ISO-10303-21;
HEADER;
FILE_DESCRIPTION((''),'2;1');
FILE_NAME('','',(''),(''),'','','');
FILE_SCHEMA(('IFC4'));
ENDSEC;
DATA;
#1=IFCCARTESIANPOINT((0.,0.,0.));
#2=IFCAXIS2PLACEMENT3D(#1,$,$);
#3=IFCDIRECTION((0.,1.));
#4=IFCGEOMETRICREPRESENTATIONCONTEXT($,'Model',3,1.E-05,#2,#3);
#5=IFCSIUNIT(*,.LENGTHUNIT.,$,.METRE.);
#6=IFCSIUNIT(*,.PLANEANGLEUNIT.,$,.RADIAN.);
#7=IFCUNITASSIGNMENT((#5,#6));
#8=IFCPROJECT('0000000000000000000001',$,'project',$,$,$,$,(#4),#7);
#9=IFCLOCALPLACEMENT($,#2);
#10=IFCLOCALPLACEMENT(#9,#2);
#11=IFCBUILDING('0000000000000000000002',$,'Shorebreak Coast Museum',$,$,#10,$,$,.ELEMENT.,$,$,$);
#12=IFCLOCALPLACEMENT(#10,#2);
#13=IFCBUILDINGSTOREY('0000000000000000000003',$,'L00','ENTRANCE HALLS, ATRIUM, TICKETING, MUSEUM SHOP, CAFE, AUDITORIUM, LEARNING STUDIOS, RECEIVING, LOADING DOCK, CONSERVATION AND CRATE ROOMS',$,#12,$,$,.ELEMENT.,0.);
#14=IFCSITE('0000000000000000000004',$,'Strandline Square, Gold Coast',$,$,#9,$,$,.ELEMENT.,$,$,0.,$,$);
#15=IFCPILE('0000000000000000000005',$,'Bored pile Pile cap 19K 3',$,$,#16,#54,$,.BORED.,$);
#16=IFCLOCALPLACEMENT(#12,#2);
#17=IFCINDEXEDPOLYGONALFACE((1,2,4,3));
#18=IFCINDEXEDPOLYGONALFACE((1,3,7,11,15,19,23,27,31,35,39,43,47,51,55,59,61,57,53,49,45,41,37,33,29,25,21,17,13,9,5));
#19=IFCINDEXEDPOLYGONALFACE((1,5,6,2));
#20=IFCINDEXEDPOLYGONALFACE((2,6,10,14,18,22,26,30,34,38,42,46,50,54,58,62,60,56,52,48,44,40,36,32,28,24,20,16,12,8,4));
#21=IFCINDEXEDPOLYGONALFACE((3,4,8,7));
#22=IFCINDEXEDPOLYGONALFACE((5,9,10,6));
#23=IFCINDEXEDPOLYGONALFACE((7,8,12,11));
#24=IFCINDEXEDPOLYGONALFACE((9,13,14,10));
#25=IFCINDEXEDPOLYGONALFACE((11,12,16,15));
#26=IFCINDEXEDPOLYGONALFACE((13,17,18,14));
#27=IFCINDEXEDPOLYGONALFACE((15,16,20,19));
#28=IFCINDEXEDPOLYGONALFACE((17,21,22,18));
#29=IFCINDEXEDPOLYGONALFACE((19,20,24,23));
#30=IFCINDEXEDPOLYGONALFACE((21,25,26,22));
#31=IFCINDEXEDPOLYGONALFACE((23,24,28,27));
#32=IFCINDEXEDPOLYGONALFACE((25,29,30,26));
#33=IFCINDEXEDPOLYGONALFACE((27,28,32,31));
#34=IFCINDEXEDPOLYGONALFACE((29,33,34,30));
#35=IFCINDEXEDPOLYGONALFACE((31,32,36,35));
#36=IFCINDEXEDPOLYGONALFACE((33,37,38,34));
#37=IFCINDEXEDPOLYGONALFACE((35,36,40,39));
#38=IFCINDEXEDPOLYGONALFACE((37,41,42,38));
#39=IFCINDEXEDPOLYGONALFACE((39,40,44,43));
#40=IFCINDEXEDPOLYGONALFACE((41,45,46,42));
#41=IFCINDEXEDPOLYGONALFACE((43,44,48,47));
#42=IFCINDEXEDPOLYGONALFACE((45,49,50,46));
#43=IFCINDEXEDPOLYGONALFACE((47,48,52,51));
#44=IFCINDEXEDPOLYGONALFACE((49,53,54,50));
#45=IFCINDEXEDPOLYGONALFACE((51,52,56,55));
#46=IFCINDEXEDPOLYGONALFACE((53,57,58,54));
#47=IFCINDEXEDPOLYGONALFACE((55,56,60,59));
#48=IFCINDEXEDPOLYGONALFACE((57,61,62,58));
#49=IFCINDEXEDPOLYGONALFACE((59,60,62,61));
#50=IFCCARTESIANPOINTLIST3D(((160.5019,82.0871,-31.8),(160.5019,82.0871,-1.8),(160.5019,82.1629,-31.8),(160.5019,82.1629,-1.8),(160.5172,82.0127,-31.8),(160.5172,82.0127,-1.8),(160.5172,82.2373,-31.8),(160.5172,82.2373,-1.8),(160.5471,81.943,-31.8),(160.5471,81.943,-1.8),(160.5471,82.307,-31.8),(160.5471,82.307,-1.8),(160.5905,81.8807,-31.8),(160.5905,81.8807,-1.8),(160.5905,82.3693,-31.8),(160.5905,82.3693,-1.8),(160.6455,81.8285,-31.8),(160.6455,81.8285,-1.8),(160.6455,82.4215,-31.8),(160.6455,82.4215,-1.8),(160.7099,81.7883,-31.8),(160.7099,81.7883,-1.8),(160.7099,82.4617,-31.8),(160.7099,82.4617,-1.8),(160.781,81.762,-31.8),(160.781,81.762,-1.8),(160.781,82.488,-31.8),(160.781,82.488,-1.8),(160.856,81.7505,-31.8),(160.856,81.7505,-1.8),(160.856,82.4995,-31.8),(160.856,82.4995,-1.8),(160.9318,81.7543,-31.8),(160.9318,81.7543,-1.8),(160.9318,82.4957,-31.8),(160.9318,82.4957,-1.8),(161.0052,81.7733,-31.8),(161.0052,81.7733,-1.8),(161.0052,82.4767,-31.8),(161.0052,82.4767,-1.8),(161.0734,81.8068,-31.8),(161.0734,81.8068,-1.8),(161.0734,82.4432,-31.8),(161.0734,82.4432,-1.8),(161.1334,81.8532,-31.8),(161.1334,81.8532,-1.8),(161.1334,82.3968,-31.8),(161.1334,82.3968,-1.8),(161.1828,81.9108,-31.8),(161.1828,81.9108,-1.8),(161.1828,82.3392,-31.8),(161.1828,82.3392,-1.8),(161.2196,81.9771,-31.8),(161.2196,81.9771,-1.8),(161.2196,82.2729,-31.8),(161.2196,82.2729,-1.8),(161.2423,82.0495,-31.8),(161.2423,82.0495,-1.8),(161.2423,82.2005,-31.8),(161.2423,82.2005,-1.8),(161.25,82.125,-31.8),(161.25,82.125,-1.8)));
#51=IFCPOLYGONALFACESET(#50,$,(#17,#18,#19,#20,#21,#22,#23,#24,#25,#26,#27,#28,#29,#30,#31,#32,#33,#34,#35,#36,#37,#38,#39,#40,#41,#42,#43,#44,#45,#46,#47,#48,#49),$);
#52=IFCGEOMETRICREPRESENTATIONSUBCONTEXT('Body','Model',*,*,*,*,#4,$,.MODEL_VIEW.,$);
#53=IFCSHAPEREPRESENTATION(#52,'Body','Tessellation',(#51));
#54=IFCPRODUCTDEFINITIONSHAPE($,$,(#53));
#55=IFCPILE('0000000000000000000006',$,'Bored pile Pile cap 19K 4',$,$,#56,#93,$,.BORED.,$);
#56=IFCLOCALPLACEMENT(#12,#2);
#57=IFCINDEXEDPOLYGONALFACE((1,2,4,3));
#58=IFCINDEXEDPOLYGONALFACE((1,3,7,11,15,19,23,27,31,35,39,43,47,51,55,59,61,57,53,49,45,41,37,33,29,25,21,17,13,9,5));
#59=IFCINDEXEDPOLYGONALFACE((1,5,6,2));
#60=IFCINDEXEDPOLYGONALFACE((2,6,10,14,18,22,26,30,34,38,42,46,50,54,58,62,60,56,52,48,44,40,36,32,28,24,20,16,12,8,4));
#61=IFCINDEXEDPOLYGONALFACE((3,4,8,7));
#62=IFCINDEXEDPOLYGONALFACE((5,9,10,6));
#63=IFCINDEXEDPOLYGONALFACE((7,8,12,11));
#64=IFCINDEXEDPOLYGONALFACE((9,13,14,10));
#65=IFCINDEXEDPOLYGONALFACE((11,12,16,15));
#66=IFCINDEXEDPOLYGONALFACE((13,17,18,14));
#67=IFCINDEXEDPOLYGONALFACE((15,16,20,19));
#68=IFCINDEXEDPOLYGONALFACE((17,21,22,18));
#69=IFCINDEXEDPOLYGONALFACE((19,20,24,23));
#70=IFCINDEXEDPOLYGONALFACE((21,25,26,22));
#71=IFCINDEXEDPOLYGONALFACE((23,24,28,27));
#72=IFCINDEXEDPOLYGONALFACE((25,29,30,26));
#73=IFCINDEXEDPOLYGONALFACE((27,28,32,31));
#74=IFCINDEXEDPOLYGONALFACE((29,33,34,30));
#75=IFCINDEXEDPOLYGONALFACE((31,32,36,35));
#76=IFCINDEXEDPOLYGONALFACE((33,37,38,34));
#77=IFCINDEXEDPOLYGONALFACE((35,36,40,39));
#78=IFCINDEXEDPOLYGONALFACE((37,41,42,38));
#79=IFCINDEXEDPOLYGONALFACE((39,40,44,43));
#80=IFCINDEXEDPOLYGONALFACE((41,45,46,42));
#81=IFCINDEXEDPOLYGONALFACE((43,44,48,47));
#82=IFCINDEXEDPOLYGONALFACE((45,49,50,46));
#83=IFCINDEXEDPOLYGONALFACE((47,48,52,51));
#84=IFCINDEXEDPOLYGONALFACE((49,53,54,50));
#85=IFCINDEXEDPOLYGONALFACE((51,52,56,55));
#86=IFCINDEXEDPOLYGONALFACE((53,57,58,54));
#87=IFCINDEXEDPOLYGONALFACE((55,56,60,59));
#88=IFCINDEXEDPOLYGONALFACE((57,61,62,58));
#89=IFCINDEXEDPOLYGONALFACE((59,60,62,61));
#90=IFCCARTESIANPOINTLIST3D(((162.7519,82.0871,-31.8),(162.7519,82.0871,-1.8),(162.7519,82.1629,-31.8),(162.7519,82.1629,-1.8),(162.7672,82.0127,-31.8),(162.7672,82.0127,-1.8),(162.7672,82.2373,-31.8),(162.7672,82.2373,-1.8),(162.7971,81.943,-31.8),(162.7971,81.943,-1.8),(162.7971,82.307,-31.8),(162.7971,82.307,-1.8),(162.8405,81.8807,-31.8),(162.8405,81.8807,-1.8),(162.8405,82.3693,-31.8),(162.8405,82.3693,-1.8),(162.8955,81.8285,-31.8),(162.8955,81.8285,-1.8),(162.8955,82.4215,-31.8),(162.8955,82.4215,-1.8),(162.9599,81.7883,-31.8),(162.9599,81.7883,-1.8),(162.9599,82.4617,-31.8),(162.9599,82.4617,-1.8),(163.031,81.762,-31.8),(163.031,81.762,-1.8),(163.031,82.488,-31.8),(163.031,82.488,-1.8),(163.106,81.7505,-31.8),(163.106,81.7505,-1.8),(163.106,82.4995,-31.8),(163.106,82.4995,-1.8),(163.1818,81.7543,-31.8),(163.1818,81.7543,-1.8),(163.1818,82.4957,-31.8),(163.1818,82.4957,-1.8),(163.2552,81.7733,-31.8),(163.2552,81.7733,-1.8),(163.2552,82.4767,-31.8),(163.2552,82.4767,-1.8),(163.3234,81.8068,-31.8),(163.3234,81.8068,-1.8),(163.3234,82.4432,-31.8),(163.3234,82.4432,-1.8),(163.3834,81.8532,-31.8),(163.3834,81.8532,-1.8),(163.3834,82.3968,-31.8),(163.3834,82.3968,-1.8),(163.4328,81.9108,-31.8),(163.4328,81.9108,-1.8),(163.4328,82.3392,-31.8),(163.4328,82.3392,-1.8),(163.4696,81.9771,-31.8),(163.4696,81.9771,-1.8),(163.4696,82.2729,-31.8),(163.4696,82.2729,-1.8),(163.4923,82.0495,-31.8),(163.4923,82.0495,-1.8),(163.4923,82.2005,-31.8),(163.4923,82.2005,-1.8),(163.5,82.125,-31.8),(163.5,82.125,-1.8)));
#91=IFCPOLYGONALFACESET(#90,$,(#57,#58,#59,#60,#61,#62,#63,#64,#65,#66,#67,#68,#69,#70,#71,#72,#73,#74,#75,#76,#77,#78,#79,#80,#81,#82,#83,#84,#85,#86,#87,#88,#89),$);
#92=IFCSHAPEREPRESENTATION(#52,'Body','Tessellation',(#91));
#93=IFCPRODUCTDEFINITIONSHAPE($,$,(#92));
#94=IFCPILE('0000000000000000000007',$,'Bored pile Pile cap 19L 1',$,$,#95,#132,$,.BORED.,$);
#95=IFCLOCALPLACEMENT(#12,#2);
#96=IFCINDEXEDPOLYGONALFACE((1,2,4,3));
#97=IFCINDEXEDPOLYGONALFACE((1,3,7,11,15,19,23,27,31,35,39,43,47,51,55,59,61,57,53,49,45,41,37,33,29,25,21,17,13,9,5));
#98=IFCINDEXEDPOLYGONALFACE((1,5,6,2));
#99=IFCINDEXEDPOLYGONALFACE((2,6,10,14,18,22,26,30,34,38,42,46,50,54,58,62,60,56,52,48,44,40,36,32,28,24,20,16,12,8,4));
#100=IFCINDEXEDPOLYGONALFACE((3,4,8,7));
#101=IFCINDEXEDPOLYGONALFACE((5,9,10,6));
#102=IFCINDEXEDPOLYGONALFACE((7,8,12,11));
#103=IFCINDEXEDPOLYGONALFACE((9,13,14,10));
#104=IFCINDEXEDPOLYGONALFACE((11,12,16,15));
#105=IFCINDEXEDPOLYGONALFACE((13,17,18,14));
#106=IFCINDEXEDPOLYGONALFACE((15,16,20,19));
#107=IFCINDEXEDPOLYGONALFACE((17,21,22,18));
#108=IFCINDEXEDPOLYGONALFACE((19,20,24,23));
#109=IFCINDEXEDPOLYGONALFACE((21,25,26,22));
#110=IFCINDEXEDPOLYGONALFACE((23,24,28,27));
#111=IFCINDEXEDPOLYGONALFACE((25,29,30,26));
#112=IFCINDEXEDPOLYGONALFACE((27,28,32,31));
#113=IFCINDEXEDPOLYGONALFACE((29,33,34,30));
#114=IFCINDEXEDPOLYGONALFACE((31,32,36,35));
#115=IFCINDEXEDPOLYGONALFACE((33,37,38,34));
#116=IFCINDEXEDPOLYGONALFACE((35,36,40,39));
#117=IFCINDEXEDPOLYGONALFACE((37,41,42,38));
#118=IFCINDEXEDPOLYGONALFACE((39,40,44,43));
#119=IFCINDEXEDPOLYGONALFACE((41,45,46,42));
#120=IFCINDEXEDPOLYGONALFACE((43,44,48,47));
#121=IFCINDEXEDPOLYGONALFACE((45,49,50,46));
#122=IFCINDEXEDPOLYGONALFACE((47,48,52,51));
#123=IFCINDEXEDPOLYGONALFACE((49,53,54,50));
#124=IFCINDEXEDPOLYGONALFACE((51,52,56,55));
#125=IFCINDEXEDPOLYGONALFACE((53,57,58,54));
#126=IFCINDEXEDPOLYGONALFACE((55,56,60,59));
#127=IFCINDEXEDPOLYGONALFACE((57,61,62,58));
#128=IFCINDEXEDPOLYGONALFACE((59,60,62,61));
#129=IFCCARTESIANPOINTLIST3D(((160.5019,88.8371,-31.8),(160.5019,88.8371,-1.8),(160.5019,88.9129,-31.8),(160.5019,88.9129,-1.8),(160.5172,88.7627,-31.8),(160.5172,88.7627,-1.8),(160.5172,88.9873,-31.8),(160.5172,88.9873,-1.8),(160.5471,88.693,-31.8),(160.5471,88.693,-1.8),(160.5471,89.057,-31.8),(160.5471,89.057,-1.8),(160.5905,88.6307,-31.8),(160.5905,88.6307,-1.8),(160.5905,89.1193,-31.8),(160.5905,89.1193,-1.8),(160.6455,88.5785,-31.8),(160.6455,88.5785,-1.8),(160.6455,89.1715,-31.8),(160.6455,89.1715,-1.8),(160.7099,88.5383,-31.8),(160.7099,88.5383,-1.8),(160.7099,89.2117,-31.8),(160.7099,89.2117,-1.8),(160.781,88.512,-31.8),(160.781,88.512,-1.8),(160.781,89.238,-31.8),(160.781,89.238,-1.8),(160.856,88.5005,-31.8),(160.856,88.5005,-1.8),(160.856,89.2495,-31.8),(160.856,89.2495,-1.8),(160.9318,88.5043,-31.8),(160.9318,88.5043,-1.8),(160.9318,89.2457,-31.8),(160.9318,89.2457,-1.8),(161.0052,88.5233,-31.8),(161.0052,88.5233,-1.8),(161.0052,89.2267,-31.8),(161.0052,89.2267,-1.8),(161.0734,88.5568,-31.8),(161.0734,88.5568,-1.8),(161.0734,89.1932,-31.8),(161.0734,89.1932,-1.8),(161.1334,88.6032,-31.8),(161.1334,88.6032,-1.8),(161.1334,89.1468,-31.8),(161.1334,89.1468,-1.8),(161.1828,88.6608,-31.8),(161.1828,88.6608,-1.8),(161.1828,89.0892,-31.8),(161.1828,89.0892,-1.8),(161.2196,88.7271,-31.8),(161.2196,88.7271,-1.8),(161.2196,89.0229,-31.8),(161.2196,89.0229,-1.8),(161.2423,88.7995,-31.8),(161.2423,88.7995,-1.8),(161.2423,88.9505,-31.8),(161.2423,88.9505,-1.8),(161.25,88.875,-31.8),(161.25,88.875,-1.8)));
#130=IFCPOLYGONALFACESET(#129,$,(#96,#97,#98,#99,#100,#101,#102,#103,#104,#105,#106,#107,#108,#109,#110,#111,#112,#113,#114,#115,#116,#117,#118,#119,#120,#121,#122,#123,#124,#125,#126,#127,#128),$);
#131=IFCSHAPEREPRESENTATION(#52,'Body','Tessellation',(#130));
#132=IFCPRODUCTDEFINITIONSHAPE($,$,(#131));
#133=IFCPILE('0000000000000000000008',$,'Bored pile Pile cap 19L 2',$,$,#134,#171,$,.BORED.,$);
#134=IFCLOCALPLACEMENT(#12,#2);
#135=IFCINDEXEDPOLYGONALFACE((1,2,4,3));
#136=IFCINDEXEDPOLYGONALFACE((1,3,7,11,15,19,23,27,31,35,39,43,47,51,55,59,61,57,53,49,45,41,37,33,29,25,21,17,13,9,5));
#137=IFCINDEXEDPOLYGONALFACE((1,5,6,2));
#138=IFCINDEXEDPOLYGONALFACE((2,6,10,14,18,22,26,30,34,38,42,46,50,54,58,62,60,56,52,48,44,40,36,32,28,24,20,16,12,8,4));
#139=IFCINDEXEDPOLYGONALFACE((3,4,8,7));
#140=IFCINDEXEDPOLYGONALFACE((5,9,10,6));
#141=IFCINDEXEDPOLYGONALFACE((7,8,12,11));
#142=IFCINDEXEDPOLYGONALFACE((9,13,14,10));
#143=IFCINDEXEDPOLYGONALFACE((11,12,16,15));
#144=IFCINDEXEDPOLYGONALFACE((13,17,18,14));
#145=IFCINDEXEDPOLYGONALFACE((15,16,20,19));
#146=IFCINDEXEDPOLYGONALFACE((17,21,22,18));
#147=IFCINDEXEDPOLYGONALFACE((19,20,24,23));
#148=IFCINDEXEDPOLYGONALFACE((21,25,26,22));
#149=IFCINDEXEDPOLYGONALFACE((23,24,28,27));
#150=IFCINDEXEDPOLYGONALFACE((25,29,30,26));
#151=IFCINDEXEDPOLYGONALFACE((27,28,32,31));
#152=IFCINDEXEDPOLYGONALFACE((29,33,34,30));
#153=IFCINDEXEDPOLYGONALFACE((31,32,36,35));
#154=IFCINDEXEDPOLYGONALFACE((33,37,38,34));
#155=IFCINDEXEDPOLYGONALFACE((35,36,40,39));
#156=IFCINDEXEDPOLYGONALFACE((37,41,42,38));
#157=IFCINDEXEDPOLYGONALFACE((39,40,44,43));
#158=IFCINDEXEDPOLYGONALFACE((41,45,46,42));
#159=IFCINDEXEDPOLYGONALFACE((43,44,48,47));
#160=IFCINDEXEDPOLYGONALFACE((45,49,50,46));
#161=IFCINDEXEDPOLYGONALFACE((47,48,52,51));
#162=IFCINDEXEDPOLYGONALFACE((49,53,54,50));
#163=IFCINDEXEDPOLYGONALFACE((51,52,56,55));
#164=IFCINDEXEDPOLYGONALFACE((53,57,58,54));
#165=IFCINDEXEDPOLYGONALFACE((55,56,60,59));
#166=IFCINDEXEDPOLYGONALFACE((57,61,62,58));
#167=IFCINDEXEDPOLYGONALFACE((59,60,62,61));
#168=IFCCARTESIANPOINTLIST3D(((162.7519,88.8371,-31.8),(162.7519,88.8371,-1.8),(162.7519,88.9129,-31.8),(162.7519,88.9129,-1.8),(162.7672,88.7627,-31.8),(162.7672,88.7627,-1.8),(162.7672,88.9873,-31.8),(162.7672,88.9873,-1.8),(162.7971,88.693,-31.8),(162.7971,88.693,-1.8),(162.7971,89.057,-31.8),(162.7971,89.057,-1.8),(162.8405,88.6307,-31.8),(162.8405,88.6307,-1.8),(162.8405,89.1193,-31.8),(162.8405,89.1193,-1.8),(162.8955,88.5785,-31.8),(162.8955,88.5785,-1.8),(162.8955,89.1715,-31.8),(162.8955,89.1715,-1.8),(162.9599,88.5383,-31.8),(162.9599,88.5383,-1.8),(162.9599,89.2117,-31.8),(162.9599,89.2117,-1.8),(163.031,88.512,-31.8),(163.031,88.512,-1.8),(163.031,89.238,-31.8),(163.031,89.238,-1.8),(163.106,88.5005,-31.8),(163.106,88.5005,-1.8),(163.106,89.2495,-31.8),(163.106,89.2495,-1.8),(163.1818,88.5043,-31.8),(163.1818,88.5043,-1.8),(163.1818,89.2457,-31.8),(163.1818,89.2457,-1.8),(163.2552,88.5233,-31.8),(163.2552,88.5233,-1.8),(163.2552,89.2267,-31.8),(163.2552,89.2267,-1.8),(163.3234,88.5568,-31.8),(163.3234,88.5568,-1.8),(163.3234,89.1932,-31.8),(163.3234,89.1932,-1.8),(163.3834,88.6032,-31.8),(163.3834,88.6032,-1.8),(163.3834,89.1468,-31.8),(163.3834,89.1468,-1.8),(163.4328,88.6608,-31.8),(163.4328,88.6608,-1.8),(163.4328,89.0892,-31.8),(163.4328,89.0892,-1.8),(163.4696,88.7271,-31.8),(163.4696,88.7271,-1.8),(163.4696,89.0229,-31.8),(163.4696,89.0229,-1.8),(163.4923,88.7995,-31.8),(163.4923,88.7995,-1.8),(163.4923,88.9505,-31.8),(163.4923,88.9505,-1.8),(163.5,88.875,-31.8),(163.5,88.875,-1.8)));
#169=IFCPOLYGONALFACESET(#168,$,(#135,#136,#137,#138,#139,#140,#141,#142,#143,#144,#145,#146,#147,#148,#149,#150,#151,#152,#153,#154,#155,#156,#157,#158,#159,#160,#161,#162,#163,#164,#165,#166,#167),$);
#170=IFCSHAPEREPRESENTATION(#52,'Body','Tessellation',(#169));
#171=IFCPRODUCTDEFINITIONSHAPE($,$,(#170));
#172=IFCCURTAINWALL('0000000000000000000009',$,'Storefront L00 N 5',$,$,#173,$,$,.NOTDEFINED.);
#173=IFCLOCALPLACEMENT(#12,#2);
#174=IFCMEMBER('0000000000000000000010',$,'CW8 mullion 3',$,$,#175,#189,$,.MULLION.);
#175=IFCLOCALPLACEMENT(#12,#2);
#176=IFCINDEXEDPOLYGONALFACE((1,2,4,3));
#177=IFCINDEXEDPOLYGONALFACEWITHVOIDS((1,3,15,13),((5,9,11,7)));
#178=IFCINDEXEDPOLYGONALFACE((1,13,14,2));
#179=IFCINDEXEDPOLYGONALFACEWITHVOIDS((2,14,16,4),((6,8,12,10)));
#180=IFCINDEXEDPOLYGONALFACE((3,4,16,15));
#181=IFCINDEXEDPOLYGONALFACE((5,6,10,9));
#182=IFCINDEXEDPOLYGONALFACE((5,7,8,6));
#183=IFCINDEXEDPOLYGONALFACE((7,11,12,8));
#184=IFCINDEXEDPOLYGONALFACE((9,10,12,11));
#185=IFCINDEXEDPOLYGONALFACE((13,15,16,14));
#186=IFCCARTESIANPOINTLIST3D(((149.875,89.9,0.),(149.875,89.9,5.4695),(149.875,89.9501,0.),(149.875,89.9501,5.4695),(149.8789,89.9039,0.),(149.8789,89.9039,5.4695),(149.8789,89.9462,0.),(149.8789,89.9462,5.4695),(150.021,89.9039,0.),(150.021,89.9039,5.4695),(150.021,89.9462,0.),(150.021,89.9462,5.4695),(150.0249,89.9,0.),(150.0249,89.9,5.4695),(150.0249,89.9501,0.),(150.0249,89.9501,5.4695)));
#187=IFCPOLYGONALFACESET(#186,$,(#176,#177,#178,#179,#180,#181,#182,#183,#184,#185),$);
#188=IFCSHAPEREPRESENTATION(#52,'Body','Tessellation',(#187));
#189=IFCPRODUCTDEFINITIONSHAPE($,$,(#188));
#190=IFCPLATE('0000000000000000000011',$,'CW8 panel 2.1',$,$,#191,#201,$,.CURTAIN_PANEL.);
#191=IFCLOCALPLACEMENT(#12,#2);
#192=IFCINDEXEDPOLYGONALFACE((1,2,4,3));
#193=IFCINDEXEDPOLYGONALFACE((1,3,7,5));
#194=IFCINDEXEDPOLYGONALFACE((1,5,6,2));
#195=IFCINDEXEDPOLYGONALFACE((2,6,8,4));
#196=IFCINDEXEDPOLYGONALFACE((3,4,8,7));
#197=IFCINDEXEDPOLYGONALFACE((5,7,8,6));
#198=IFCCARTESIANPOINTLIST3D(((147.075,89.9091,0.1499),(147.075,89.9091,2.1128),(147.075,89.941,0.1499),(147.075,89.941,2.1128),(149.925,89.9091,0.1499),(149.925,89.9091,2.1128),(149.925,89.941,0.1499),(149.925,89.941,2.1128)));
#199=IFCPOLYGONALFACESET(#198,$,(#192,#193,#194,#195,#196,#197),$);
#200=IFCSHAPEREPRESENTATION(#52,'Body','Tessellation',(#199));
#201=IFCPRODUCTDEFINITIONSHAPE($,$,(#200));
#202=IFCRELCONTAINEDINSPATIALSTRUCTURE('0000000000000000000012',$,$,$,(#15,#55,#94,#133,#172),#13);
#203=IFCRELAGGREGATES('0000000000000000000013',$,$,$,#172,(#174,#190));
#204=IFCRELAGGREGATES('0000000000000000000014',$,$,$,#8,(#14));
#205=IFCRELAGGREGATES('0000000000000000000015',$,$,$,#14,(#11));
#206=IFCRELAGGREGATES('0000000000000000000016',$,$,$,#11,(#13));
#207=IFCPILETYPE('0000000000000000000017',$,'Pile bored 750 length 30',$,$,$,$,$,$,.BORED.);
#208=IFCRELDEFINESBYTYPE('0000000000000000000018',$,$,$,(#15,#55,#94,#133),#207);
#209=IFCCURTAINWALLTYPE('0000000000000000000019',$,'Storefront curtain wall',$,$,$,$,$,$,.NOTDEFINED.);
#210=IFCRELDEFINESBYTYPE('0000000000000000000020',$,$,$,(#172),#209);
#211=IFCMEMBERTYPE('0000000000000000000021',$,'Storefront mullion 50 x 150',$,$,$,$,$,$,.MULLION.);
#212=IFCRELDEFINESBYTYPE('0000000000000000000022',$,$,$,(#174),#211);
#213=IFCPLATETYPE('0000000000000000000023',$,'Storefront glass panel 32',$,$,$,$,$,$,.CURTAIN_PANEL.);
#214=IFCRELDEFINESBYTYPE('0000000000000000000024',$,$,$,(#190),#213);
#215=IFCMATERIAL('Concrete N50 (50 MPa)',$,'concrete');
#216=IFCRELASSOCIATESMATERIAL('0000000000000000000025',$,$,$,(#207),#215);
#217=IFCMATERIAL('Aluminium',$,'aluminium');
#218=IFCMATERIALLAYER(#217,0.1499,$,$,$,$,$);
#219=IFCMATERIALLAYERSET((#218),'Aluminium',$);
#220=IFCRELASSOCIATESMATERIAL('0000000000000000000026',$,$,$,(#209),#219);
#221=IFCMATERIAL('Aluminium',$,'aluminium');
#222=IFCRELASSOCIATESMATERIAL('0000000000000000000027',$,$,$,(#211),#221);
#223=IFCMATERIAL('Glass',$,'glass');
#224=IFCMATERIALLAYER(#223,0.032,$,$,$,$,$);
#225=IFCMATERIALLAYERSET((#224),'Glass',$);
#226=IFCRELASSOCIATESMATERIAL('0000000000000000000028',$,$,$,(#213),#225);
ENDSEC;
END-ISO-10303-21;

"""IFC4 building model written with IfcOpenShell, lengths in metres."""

from ifc_helpers import new_model, si_unit, direction, frame, origin, origin_2d, place, context, subcontext, project, spatial, rectangle, hollow_rectangle, circle, extrude, material, layer, layer_set, material_profile, profile_set, type_object, element, aggregate, save


model = new_model("IFC4")

# Units and contexts
model_context = context("Model", 3, precision=1e-05, world=origin(), true_north=direction((0.0, 1.0)))
body_context = subcontext(model_context, "Body", "Model", "MODEL_VIEW")
ifc_project = project(units=[si_unit("LENGTHUNIT", "METRE"), si_unit("PLANEANGLEUNIT", "RADIAN")], contexts=[model_context])

# Site, building, storey
site_placement = place(None, origin())
site = spatial("IfcSite", under=ifc_project, at=site_placement, Name="Strandline Square, Gold Coast", CompositionType="ELEMENT", RefElevation=0.0)
building_placement = place(site_placement, origin())
building = spatial("IfcBuilding", under=site, at=building_placement, Name="Shorebreak Coast Museum", CompositionType="ELEMENT")
storey_placement = place(building_placement, origin())
storey = spatial("IfcBuildingStorey", under=building, at=storey_placement, Name="L00", Description="ENTRANCE HALLS, ATRIUM, TICKETING, MUSEUM SHOP, CAFE, AUDITORIUM, LEARNING STUDIOS, RECEIVING, LOADING DOCK, CONSERVATION AND CRATE ROOMS", CompositionType="ELEMENT", Elevation=0.0)

# Piles
ifc_material_1 = material(Name="Concrete N50 (50 MPa)", Category="concrete")
ifc_material_profile_1 = material_profile(ifc_material_1, circle(Radius=0.375, at=origin_2d()), Name="Pile bored 750 length 30")
ifc_profile_set_1 = profile_set([ifc_material_profile_1], Name="Concrete N50 (50 MPa)")
pile_type_1 = type_object("IfcPileType", Name="Pile bored 750 length 30", PredefinedType="BORED", material=ifc_profile_set_1)
for number, where, z_axis, x_axis, name in (
    (1, (160.875, 82.125, -1.8), (0.0, 0.0, -1.0), (1.0, 0.0, 0.0), "Bored pile Pile cap 19K 3"),
    (2, (163.125, 82.125, -1.8), (0.0, 0.0, -1.0), (1.0, 0.0, 0.0), "Bored pile Pile cap 19K 4"),
    (3, (160.875, 88.875, -1.8), (0.0, 0.0, -1.0), (1.0, 0.0, 0.0), "Bored pile Pile cap 19L 1"),
    (4, (163.125, 88.875, -1.8), (0.0, 0.0, -1.0), (1.0, 0.0, 0.0), "Bored pile Pile cap 19L 2"),
):
    element("IfcPile", number, at=place(storey_placement, frame(where, z_axis=z_axis, x_axis=x_axis)), inside=storey, type_object=pile_type_1, Name=name, PredefinedType="BORED", context=body_context, shape_type="SweptSolid", body=[
        extrude(circle(Radius=0.375, at=origin_2d()), origin(), (0.0, 0.0, 1.0), 30.0),
    ])

# Curtain wall, member, plate
ifc_material_2 = material(Name="Aluminium", Category="aluminium")
ifc_layer_1 = layer(ifc_material_2, 0.1499)
ifc_layer_set_1 = layer_set([ifc_layer_1], Name="Aluminium")
curtain_wall_type = type_object("IfcCurtainWallType", Name="Storefront curtain wall", PredefinedType="NOTDEFINED", material=ifc_layer_set_1)
curtain_wall_placement = place(storey_placement, origin())
curtain_wall = element("IfcCurtainWall", 5, at=curtain_wall_placement, inside=storey, type_object=curtain_wall_type, Name="Storefront L00 N 5", PredefinedType="NOTDEFINED")
ifc_material_3 = material(Name="Aluminium", Category="aluminium")
ifc_material_profile_2 = material_profile(ifc_material_3, hollow_rectangle(XDim=0.05, YDim=0.1499, WallThickness=0.0039, at=origin_2d()), Name="AL 150x50 RHS")
ifc_profile_set_2 = profile_set([ifc_material_profile_2], Name="Aluminium")
member_type = type_object("IfcMemberType", Name="Storefront mullion 50 x 150", PredefinedType="MULLION", material=ifc_profile_set_2)
member_placement = place(storey_placement, frame((149.95, 89.925, 0.0), z_axis=(0.0, 0.0, 1.0), x_axis=(0.0, 1.0, 0.0)))
member = element("IfcMember", 6, at=member_placement, type_object=member_type, Name="CW8 mullion 3", PredefinedType="MULLION", context=body_context, shape_type="SweptSolid", body=[
    extrude(hollow_rectangle(XDim=0.05, YDim=0.1499, WallThickness=0.0039, at=origin_2d()), origin(), (0.0, 0.0, 1.0), 5.4695),
])
ifc_material_4 = material(Name="Glass", Category="glass")
ifc_layer_2 = layer(ifc_material_4, 0.032)
ifc_layer_set_2 = layer_set([ifc_layer_2], Name="Glass")
plate_type = type_object("IfcPlateType", Name="Storefront glass panel 32", PredefinedType="CURTAIN_PANEL", material=ifc_layer_set_2)
plate_1_placement = place(storey_placement, frame((148.5, 89.925, 0.1499), z_axis=(0.0, 0.0, 1.0), x_axis=(1.0, 0.0, 0.0)))
plate_1 = element("IfcPlate", 7, at=plate_1_placement, type_object=plate_type, Name="CW8 panel 2.1", PredefinedType="CURTAIN_PANEL", context=body_context, shape_type="SweptSolid", body=[
    extrude(rectangle(XDim=2.8501, YDim=0.032, at=origin_2d()), origin(), (0.0, 0.0, 1.0), 1.9629),
])
aggregate(curtain_wall, [member, plate_1])

save(model, "model.ifc")
